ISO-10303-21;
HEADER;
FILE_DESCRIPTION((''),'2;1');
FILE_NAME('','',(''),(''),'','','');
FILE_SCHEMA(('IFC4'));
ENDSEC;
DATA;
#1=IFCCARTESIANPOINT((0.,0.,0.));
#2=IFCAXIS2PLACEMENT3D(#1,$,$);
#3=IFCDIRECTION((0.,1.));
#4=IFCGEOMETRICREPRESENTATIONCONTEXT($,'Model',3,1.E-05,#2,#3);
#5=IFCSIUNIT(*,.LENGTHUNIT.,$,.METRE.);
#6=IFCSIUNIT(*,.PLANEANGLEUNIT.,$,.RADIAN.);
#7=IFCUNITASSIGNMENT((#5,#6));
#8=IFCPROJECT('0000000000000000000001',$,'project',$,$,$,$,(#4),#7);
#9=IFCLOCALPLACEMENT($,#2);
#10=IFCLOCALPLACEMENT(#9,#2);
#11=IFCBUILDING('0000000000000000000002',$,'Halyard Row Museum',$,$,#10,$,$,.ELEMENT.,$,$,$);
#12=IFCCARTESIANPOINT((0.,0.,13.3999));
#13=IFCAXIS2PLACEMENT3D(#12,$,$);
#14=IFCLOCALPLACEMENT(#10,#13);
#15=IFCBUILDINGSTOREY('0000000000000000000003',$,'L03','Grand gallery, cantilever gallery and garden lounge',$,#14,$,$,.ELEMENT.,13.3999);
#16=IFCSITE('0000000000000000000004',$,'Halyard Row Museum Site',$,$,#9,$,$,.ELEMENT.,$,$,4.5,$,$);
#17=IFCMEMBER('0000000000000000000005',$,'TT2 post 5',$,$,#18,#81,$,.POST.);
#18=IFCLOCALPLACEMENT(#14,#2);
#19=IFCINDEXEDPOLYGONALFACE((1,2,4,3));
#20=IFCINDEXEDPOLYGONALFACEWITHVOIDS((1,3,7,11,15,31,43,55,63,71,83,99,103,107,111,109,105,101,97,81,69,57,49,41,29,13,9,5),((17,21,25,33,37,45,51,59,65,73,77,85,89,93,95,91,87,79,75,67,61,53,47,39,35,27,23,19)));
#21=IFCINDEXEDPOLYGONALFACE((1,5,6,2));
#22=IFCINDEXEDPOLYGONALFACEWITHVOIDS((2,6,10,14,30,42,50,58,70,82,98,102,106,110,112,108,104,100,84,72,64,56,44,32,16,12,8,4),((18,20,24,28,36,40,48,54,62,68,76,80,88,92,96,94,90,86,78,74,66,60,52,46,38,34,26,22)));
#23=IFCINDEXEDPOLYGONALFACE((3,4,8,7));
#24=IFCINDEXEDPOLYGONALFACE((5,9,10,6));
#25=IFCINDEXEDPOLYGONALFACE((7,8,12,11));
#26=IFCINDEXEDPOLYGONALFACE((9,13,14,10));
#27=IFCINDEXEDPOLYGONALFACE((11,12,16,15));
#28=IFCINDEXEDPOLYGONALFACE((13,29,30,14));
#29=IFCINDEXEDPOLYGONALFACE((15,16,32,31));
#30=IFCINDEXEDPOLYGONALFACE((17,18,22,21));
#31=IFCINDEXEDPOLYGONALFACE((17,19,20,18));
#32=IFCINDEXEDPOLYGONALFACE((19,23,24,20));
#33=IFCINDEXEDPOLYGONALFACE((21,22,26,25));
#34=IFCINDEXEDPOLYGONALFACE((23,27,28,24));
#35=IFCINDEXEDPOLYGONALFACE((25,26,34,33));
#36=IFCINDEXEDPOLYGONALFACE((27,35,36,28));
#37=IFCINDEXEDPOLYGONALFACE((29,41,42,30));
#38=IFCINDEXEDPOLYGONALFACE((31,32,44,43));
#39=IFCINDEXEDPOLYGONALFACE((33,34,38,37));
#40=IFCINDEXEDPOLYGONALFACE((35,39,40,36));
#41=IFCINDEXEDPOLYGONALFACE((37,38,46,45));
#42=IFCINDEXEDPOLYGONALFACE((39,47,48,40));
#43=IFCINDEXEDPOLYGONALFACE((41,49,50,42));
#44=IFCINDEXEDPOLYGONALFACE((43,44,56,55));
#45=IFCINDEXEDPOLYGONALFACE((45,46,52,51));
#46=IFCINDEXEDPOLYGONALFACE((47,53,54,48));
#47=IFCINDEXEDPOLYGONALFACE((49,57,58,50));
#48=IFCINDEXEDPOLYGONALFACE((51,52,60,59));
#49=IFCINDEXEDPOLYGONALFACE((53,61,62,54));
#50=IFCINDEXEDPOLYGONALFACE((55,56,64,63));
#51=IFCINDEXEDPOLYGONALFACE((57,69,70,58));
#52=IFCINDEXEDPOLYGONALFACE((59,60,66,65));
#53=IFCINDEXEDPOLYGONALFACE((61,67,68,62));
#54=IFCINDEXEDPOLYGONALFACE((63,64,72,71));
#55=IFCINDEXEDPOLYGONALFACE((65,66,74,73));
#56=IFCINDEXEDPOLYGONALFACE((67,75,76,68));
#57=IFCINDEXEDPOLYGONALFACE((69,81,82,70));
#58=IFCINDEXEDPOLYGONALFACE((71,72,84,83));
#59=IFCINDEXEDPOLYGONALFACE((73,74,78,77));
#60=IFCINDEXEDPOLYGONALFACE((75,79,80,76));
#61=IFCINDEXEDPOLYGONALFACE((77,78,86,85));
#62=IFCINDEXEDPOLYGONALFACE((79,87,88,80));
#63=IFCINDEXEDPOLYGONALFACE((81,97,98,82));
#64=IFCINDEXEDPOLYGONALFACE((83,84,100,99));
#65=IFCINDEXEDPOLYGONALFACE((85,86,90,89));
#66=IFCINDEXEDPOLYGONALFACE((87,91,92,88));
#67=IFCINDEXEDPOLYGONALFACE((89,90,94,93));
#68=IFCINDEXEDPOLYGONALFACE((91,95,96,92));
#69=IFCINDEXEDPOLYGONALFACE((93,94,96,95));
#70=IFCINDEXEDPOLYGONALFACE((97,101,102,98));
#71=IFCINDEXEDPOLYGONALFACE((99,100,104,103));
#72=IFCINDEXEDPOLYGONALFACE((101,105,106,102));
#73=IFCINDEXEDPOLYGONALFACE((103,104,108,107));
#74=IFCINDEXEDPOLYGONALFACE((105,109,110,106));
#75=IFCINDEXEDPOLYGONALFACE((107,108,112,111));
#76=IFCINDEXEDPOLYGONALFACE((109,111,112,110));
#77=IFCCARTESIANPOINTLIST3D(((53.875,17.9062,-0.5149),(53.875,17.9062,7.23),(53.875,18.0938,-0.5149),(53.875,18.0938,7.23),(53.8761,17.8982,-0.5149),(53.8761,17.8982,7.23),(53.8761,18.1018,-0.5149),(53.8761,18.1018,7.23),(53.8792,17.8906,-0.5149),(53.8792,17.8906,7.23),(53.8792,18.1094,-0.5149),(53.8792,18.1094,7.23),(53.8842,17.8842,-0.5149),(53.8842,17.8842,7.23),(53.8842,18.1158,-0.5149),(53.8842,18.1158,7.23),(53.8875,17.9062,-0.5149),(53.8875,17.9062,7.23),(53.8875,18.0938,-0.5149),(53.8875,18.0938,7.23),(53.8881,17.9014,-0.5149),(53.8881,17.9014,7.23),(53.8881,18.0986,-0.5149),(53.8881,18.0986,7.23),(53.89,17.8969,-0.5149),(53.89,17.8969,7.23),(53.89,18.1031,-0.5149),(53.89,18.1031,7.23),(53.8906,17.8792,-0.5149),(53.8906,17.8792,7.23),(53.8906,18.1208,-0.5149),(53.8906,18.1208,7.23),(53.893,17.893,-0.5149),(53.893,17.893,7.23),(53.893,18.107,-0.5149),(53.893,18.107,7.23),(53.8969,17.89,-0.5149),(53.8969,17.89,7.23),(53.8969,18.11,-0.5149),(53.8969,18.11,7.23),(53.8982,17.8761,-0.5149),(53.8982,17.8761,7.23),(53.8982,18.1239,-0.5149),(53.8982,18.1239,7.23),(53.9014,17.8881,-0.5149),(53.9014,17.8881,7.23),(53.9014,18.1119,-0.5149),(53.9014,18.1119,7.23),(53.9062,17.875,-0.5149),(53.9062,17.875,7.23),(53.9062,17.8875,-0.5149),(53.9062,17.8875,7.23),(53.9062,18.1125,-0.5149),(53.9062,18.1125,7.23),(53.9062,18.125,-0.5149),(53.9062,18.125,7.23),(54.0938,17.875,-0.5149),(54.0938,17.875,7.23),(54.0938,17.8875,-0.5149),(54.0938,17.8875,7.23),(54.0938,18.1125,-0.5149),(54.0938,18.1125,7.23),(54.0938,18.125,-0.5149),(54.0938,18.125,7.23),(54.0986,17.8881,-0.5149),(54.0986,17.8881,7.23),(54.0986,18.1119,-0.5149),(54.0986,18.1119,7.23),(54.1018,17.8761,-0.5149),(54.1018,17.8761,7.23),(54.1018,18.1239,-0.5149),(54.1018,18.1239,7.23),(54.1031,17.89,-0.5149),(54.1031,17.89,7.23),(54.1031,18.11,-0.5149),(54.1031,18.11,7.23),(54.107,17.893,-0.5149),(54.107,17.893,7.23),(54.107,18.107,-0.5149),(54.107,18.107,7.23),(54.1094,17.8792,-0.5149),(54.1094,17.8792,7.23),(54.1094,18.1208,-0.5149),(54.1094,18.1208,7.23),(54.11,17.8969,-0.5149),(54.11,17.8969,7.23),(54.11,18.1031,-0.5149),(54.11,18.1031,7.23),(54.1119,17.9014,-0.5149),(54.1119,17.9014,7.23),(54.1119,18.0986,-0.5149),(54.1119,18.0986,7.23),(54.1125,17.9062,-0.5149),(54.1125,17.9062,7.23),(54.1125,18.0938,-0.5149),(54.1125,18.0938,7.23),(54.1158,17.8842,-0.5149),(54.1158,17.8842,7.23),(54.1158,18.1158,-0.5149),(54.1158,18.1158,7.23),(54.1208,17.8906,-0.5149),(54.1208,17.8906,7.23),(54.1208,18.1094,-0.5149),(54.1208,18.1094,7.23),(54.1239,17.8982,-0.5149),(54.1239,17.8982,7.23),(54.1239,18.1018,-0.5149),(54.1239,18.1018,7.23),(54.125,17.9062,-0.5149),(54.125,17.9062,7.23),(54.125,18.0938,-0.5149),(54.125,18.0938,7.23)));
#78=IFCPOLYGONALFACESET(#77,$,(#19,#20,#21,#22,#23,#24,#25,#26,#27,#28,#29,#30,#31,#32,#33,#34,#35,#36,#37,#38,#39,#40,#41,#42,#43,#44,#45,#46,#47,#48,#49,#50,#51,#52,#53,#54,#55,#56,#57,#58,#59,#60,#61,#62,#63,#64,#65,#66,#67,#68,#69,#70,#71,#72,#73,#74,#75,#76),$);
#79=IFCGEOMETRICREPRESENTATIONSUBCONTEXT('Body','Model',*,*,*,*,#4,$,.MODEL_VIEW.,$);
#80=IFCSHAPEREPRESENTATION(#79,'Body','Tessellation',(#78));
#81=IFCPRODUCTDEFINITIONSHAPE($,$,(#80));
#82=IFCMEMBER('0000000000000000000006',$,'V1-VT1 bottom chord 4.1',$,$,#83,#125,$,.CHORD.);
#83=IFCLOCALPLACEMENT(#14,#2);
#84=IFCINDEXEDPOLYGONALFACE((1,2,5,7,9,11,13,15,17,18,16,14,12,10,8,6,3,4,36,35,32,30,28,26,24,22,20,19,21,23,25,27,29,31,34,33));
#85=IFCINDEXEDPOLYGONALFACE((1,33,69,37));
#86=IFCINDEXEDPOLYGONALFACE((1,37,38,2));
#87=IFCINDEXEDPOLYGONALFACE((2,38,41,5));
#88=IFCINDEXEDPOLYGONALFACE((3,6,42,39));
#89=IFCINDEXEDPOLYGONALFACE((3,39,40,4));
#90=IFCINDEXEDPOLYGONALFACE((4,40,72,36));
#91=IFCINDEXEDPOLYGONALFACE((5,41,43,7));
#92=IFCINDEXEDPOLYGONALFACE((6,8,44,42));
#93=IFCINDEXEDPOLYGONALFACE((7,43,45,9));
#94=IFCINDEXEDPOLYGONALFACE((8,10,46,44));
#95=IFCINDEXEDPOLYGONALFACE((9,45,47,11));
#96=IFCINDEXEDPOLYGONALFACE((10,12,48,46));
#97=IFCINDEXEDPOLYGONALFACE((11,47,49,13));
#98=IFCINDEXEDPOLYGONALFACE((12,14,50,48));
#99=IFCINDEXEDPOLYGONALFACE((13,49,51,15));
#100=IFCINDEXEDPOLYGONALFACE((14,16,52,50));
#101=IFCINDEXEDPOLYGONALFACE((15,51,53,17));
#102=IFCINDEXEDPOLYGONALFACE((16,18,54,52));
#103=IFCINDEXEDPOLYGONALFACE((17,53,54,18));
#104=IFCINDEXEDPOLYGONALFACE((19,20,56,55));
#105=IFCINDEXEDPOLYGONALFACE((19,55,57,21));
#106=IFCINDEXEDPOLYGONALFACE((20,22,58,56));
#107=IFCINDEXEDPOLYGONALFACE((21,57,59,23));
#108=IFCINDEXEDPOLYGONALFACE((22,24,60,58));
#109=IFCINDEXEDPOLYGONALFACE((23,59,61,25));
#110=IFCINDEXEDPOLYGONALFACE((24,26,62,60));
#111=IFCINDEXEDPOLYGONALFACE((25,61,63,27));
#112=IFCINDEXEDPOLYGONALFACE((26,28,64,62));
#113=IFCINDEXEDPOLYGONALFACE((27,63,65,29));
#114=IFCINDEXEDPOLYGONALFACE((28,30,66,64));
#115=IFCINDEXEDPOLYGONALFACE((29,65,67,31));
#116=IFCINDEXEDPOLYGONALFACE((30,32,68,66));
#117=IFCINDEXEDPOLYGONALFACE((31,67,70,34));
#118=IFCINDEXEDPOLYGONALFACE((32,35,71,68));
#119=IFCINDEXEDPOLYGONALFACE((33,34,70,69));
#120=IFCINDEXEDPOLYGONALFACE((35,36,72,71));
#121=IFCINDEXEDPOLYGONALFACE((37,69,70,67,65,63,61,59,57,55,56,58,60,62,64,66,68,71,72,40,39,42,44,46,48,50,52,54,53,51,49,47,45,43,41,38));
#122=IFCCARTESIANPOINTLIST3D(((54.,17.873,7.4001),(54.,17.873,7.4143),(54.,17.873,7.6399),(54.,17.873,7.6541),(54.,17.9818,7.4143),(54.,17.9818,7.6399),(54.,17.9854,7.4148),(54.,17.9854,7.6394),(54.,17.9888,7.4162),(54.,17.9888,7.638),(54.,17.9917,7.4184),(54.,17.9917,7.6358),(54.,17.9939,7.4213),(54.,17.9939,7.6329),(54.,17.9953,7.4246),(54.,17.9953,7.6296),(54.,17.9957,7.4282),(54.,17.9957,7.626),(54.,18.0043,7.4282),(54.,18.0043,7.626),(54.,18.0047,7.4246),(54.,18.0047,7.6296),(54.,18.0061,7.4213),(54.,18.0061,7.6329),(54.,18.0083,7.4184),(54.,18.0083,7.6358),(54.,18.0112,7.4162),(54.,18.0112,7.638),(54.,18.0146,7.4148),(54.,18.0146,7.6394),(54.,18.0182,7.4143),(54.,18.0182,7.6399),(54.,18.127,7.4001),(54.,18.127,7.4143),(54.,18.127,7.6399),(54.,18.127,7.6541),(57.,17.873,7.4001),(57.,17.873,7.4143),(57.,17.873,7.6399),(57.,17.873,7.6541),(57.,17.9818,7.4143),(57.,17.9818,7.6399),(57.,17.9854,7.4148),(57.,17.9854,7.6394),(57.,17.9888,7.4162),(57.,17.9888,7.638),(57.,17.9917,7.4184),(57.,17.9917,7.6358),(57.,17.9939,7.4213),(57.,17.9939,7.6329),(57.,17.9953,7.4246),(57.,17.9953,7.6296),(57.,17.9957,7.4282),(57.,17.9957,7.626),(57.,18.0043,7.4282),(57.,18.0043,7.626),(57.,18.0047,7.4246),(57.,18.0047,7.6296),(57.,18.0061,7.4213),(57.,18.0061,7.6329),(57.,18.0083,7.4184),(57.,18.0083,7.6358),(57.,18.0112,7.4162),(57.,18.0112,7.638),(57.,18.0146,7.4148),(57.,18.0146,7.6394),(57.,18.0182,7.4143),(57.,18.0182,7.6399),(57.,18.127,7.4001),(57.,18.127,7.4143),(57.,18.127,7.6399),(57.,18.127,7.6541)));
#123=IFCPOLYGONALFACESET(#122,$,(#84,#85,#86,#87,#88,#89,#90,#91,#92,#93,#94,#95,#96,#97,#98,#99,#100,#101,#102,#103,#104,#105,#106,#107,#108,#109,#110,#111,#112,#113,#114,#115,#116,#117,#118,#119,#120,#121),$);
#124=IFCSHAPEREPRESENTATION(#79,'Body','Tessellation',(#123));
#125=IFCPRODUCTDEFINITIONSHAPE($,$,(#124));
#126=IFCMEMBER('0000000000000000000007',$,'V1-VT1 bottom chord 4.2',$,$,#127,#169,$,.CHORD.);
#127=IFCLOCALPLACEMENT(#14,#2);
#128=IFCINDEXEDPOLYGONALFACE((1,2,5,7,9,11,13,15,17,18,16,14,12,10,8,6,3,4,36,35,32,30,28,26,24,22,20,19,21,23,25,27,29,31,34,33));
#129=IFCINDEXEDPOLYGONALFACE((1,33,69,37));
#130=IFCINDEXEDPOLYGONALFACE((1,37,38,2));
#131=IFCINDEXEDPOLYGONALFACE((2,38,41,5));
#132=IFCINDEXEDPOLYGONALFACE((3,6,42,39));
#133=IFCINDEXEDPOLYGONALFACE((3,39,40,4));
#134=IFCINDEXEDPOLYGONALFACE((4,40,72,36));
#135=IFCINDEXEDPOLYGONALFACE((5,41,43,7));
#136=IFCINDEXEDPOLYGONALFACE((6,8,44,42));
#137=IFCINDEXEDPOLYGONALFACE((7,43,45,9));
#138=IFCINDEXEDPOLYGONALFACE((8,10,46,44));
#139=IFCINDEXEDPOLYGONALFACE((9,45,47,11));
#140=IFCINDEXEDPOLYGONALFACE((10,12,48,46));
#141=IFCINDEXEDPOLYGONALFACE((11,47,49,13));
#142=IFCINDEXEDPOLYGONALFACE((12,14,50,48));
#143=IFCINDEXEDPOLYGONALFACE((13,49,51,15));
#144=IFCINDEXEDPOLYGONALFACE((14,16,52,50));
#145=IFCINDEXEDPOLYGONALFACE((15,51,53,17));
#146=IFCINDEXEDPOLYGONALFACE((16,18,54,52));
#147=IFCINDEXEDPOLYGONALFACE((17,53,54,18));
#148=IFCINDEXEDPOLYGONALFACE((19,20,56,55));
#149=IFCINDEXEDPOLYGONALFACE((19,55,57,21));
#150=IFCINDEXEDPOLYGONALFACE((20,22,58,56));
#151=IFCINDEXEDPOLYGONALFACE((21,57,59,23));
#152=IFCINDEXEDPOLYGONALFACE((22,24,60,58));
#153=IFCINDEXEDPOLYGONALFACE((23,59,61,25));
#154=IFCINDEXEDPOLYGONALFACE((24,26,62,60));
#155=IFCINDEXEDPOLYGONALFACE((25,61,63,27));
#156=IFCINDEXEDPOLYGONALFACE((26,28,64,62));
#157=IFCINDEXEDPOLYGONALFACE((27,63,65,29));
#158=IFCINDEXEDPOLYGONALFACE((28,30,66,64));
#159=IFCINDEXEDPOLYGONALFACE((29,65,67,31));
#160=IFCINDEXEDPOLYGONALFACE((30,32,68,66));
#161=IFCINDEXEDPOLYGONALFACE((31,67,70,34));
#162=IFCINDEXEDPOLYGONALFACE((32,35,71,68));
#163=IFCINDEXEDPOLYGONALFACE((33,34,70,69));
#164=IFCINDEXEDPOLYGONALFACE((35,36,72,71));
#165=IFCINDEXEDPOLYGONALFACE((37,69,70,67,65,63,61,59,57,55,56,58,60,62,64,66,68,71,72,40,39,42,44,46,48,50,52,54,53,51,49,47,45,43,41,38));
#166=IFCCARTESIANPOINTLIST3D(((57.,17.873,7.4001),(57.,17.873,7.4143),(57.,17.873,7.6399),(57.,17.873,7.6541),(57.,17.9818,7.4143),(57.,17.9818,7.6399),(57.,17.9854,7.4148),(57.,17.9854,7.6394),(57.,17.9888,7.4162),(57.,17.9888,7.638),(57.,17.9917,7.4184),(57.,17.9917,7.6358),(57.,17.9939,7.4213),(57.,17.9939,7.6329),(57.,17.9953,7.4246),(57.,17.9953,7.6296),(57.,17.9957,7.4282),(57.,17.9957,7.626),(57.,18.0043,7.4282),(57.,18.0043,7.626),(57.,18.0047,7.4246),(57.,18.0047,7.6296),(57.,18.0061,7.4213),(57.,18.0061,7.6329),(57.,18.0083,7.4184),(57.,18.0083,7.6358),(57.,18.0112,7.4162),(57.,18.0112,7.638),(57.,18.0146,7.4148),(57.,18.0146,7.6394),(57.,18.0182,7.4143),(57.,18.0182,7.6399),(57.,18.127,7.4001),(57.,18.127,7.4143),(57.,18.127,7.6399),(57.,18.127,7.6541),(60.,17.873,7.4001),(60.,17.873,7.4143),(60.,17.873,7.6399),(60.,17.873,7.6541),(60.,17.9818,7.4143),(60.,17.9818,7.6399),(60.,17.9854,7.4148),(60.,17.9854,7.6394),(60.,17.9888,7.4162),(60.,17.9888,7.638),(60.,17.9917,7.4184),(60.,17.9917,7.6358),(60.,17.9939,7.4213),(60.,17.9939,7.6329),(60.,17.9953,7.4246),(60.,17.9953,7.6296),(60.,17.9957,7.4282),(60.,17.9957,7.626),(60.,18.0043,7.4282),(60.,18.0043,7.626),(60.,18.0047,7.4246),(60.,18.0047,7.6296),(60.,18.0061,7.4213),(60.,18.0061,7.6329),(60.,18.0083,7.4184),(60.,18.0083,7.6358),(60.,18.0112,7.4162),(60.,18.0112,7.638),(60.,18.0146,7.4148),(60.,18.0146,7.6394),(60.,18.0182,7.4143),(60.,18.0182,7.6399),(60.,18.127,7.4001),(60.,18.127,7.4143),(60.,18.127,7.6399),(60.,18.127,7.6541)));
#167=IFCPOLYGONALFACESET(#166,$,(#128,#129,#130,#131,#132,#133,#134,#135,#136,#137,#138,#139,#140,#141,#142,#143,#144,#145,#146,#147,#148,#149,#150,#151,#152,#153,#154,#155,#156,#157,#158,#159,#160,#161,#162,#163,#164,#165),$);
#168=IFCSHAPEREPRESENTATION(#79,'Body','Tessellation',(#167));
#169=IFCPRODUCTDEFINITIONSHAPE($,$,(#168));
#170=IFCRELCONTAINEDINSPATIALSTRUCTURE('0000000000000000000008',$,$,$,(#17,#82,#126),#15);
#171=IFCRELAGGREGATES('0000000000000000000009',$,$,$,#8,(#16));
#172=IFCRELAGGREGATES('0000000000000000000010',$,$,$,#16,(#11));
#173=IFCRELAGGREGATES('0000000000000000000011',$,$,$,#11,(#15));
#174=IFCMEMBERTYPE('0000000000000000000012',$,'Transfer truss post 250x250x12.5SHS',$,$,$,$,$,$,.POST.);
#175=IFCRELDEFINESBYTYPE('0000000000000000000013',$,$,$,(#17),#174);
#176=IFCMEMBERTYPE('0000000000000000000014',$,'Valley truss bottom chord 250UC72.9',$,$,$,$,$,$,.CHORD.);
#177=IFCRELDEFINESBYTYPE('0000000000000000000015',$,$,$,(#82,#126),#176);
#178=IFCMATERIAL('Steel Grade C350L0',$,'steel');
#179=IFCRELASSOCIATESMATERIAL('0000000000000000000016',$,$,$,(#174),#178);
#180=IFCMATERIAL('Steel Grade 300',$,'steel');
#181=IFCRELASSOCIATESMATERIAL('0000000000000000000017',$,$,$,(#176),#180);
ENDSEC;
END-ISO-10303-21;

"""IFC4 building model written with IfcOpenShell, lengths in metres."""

from ifc_helpers import new_model, si_unit, direction, frame, origin, origin_2d, place, context, subcontext, project, spatial, hollow_rectangle, i_section, extrude, material, material_profile, profile_set, type_object, element, save


model = new_model("IFC4")

# Units and contexts
model_context = context("Model", 3, precision=1e-05, world=origin(), true_north=direction((0.0, 1.0)))
body_context = subcontext(model_context, "Body", "Model", "MODEL_VIEW")
ifc_project = project(units=[si_unit("LENGTHUNIT", "METRE"), si_unit("PLANEANGLEUNIT", "RADIAN")], contexts=[model_context])

# Site, building, storey
site_placement = place(None, origin())
site = spatial("IfcSite", under=ifc_project, at=site_placement, Name="Halyard Row Museum Site", CompositionType="ELEMENT", RefElevation=4.5)
building_placement = place(site_placement, origin())
building = spatial("IfcBuilding", under=site, at=building_placement, Name="Halyard Row Museum", CompositionType="ELEMENT")
storey_placement = place(building_placement, frame((0.0, 0.0, 13.3999)))
storey = spatial("IfcBuildingStorey", under=building, at=storey_placement, Name="L03", Description="Grand gallery, cantilever gallery and garden lounge", CompositionType="ELEMENT", Elevation=13.3999)

# Members
ifc_material_1 = material(Name="Steel Grade C350L0", Category="steel")
ifc_material_profile_1 = material_profile(ifc_material_1, hollow_rectangle(XDim=0.25, YDim=0.25, WallThickness=0.0125, InnerFilletRadius=0.0188, OuterFilletRadius=0.0312, at=origin_2d()), Name="250x250x12.5SHS")
ifc_profile_set_1 = profile_set([ifc_material_profile_1], Name="Steel Grade C350L0")
member_type_1 = type_object("IfcMemberType", Name="Transfer truss post 250x250x12.5SHS", PredefinedType="POST", material=ifc_profile_set_1)
member_1_placement = place(storey_placement, frame((54.0, 18.0, -0.5149), z_axis=(0.0, 0.0, 1.0), x_axis=(1.0, 0.0, 0.0)))
element("IfcMember", 1, at=member_1_placement, inside=storey, type_object=member_type_1, Name="TT2 post 5", PredefinedType="POST", context=body_context, shape_type="SweptSolid", body=[
    extrude(hollow_rectangle(XDim=0.25, YDim=0.25, WallThickness=0.0125, InnerFilletRadius=0.0188, OuterFilletRadius=0.0312, at=origin_2d()), origin(), (0.0, 0.0, 1.0), 7.7449),
])
ifc_material_2 = material(Name="Steel Grade 300", Category="steel")
ifc_material_profile_2 = material_profile(ifc_material_2, i_section(OverallWidth=0.2539, OverallDepth=0.2539, WebThickness=0.0085, FlangeThickness=0.0142, FilletRadius=0.0139, at=origin_2d()), Name="250UC72.9")
ifc_profile_set_2 = profile_set([ifc_material_profile_2], Name="Steel Grade 300")
member_type_2 = type_object("IfcMemberType", Name="Valley truss bottom chord 250UC72.9", PredefinedType="CHORD", material=ifc_profile_set_2)
for number, where, z_axis, x_axis, name in (
    (2, (54.0, 18.0, 7.5271), (1.0, 0.0, 0.0), (0.0, 1.0, 0.0), "V1-VT1 bottom chord 4.1"),
    (3, (57.0, 18.0, 7.5271), (1.0, 0.0, 0.0), (0.0, 1.0, 0.0), "V1-VT1 bottom chord 4.2"),
):
    element("IfcMember", number, at=place(storey_placement, frame(where, z_axis=z_axis, x_axis=x_axis)), inside=storey, type_object=member_type_2, Name=name, PredefinedType="CHORD", context=body_context, shape_type="SweptSolid", body=[
        extrude(i_section(OverallWidth=0.2539, OverallDepth=0.2539, WebThickness=0.0085, FlangeThickness=0.0142, FilletRadius=0.0139, at=origin_2d()), origin(), (0.0, 0.0, 1.0), 3.0),
    ])

save(model, "model.ifc")
